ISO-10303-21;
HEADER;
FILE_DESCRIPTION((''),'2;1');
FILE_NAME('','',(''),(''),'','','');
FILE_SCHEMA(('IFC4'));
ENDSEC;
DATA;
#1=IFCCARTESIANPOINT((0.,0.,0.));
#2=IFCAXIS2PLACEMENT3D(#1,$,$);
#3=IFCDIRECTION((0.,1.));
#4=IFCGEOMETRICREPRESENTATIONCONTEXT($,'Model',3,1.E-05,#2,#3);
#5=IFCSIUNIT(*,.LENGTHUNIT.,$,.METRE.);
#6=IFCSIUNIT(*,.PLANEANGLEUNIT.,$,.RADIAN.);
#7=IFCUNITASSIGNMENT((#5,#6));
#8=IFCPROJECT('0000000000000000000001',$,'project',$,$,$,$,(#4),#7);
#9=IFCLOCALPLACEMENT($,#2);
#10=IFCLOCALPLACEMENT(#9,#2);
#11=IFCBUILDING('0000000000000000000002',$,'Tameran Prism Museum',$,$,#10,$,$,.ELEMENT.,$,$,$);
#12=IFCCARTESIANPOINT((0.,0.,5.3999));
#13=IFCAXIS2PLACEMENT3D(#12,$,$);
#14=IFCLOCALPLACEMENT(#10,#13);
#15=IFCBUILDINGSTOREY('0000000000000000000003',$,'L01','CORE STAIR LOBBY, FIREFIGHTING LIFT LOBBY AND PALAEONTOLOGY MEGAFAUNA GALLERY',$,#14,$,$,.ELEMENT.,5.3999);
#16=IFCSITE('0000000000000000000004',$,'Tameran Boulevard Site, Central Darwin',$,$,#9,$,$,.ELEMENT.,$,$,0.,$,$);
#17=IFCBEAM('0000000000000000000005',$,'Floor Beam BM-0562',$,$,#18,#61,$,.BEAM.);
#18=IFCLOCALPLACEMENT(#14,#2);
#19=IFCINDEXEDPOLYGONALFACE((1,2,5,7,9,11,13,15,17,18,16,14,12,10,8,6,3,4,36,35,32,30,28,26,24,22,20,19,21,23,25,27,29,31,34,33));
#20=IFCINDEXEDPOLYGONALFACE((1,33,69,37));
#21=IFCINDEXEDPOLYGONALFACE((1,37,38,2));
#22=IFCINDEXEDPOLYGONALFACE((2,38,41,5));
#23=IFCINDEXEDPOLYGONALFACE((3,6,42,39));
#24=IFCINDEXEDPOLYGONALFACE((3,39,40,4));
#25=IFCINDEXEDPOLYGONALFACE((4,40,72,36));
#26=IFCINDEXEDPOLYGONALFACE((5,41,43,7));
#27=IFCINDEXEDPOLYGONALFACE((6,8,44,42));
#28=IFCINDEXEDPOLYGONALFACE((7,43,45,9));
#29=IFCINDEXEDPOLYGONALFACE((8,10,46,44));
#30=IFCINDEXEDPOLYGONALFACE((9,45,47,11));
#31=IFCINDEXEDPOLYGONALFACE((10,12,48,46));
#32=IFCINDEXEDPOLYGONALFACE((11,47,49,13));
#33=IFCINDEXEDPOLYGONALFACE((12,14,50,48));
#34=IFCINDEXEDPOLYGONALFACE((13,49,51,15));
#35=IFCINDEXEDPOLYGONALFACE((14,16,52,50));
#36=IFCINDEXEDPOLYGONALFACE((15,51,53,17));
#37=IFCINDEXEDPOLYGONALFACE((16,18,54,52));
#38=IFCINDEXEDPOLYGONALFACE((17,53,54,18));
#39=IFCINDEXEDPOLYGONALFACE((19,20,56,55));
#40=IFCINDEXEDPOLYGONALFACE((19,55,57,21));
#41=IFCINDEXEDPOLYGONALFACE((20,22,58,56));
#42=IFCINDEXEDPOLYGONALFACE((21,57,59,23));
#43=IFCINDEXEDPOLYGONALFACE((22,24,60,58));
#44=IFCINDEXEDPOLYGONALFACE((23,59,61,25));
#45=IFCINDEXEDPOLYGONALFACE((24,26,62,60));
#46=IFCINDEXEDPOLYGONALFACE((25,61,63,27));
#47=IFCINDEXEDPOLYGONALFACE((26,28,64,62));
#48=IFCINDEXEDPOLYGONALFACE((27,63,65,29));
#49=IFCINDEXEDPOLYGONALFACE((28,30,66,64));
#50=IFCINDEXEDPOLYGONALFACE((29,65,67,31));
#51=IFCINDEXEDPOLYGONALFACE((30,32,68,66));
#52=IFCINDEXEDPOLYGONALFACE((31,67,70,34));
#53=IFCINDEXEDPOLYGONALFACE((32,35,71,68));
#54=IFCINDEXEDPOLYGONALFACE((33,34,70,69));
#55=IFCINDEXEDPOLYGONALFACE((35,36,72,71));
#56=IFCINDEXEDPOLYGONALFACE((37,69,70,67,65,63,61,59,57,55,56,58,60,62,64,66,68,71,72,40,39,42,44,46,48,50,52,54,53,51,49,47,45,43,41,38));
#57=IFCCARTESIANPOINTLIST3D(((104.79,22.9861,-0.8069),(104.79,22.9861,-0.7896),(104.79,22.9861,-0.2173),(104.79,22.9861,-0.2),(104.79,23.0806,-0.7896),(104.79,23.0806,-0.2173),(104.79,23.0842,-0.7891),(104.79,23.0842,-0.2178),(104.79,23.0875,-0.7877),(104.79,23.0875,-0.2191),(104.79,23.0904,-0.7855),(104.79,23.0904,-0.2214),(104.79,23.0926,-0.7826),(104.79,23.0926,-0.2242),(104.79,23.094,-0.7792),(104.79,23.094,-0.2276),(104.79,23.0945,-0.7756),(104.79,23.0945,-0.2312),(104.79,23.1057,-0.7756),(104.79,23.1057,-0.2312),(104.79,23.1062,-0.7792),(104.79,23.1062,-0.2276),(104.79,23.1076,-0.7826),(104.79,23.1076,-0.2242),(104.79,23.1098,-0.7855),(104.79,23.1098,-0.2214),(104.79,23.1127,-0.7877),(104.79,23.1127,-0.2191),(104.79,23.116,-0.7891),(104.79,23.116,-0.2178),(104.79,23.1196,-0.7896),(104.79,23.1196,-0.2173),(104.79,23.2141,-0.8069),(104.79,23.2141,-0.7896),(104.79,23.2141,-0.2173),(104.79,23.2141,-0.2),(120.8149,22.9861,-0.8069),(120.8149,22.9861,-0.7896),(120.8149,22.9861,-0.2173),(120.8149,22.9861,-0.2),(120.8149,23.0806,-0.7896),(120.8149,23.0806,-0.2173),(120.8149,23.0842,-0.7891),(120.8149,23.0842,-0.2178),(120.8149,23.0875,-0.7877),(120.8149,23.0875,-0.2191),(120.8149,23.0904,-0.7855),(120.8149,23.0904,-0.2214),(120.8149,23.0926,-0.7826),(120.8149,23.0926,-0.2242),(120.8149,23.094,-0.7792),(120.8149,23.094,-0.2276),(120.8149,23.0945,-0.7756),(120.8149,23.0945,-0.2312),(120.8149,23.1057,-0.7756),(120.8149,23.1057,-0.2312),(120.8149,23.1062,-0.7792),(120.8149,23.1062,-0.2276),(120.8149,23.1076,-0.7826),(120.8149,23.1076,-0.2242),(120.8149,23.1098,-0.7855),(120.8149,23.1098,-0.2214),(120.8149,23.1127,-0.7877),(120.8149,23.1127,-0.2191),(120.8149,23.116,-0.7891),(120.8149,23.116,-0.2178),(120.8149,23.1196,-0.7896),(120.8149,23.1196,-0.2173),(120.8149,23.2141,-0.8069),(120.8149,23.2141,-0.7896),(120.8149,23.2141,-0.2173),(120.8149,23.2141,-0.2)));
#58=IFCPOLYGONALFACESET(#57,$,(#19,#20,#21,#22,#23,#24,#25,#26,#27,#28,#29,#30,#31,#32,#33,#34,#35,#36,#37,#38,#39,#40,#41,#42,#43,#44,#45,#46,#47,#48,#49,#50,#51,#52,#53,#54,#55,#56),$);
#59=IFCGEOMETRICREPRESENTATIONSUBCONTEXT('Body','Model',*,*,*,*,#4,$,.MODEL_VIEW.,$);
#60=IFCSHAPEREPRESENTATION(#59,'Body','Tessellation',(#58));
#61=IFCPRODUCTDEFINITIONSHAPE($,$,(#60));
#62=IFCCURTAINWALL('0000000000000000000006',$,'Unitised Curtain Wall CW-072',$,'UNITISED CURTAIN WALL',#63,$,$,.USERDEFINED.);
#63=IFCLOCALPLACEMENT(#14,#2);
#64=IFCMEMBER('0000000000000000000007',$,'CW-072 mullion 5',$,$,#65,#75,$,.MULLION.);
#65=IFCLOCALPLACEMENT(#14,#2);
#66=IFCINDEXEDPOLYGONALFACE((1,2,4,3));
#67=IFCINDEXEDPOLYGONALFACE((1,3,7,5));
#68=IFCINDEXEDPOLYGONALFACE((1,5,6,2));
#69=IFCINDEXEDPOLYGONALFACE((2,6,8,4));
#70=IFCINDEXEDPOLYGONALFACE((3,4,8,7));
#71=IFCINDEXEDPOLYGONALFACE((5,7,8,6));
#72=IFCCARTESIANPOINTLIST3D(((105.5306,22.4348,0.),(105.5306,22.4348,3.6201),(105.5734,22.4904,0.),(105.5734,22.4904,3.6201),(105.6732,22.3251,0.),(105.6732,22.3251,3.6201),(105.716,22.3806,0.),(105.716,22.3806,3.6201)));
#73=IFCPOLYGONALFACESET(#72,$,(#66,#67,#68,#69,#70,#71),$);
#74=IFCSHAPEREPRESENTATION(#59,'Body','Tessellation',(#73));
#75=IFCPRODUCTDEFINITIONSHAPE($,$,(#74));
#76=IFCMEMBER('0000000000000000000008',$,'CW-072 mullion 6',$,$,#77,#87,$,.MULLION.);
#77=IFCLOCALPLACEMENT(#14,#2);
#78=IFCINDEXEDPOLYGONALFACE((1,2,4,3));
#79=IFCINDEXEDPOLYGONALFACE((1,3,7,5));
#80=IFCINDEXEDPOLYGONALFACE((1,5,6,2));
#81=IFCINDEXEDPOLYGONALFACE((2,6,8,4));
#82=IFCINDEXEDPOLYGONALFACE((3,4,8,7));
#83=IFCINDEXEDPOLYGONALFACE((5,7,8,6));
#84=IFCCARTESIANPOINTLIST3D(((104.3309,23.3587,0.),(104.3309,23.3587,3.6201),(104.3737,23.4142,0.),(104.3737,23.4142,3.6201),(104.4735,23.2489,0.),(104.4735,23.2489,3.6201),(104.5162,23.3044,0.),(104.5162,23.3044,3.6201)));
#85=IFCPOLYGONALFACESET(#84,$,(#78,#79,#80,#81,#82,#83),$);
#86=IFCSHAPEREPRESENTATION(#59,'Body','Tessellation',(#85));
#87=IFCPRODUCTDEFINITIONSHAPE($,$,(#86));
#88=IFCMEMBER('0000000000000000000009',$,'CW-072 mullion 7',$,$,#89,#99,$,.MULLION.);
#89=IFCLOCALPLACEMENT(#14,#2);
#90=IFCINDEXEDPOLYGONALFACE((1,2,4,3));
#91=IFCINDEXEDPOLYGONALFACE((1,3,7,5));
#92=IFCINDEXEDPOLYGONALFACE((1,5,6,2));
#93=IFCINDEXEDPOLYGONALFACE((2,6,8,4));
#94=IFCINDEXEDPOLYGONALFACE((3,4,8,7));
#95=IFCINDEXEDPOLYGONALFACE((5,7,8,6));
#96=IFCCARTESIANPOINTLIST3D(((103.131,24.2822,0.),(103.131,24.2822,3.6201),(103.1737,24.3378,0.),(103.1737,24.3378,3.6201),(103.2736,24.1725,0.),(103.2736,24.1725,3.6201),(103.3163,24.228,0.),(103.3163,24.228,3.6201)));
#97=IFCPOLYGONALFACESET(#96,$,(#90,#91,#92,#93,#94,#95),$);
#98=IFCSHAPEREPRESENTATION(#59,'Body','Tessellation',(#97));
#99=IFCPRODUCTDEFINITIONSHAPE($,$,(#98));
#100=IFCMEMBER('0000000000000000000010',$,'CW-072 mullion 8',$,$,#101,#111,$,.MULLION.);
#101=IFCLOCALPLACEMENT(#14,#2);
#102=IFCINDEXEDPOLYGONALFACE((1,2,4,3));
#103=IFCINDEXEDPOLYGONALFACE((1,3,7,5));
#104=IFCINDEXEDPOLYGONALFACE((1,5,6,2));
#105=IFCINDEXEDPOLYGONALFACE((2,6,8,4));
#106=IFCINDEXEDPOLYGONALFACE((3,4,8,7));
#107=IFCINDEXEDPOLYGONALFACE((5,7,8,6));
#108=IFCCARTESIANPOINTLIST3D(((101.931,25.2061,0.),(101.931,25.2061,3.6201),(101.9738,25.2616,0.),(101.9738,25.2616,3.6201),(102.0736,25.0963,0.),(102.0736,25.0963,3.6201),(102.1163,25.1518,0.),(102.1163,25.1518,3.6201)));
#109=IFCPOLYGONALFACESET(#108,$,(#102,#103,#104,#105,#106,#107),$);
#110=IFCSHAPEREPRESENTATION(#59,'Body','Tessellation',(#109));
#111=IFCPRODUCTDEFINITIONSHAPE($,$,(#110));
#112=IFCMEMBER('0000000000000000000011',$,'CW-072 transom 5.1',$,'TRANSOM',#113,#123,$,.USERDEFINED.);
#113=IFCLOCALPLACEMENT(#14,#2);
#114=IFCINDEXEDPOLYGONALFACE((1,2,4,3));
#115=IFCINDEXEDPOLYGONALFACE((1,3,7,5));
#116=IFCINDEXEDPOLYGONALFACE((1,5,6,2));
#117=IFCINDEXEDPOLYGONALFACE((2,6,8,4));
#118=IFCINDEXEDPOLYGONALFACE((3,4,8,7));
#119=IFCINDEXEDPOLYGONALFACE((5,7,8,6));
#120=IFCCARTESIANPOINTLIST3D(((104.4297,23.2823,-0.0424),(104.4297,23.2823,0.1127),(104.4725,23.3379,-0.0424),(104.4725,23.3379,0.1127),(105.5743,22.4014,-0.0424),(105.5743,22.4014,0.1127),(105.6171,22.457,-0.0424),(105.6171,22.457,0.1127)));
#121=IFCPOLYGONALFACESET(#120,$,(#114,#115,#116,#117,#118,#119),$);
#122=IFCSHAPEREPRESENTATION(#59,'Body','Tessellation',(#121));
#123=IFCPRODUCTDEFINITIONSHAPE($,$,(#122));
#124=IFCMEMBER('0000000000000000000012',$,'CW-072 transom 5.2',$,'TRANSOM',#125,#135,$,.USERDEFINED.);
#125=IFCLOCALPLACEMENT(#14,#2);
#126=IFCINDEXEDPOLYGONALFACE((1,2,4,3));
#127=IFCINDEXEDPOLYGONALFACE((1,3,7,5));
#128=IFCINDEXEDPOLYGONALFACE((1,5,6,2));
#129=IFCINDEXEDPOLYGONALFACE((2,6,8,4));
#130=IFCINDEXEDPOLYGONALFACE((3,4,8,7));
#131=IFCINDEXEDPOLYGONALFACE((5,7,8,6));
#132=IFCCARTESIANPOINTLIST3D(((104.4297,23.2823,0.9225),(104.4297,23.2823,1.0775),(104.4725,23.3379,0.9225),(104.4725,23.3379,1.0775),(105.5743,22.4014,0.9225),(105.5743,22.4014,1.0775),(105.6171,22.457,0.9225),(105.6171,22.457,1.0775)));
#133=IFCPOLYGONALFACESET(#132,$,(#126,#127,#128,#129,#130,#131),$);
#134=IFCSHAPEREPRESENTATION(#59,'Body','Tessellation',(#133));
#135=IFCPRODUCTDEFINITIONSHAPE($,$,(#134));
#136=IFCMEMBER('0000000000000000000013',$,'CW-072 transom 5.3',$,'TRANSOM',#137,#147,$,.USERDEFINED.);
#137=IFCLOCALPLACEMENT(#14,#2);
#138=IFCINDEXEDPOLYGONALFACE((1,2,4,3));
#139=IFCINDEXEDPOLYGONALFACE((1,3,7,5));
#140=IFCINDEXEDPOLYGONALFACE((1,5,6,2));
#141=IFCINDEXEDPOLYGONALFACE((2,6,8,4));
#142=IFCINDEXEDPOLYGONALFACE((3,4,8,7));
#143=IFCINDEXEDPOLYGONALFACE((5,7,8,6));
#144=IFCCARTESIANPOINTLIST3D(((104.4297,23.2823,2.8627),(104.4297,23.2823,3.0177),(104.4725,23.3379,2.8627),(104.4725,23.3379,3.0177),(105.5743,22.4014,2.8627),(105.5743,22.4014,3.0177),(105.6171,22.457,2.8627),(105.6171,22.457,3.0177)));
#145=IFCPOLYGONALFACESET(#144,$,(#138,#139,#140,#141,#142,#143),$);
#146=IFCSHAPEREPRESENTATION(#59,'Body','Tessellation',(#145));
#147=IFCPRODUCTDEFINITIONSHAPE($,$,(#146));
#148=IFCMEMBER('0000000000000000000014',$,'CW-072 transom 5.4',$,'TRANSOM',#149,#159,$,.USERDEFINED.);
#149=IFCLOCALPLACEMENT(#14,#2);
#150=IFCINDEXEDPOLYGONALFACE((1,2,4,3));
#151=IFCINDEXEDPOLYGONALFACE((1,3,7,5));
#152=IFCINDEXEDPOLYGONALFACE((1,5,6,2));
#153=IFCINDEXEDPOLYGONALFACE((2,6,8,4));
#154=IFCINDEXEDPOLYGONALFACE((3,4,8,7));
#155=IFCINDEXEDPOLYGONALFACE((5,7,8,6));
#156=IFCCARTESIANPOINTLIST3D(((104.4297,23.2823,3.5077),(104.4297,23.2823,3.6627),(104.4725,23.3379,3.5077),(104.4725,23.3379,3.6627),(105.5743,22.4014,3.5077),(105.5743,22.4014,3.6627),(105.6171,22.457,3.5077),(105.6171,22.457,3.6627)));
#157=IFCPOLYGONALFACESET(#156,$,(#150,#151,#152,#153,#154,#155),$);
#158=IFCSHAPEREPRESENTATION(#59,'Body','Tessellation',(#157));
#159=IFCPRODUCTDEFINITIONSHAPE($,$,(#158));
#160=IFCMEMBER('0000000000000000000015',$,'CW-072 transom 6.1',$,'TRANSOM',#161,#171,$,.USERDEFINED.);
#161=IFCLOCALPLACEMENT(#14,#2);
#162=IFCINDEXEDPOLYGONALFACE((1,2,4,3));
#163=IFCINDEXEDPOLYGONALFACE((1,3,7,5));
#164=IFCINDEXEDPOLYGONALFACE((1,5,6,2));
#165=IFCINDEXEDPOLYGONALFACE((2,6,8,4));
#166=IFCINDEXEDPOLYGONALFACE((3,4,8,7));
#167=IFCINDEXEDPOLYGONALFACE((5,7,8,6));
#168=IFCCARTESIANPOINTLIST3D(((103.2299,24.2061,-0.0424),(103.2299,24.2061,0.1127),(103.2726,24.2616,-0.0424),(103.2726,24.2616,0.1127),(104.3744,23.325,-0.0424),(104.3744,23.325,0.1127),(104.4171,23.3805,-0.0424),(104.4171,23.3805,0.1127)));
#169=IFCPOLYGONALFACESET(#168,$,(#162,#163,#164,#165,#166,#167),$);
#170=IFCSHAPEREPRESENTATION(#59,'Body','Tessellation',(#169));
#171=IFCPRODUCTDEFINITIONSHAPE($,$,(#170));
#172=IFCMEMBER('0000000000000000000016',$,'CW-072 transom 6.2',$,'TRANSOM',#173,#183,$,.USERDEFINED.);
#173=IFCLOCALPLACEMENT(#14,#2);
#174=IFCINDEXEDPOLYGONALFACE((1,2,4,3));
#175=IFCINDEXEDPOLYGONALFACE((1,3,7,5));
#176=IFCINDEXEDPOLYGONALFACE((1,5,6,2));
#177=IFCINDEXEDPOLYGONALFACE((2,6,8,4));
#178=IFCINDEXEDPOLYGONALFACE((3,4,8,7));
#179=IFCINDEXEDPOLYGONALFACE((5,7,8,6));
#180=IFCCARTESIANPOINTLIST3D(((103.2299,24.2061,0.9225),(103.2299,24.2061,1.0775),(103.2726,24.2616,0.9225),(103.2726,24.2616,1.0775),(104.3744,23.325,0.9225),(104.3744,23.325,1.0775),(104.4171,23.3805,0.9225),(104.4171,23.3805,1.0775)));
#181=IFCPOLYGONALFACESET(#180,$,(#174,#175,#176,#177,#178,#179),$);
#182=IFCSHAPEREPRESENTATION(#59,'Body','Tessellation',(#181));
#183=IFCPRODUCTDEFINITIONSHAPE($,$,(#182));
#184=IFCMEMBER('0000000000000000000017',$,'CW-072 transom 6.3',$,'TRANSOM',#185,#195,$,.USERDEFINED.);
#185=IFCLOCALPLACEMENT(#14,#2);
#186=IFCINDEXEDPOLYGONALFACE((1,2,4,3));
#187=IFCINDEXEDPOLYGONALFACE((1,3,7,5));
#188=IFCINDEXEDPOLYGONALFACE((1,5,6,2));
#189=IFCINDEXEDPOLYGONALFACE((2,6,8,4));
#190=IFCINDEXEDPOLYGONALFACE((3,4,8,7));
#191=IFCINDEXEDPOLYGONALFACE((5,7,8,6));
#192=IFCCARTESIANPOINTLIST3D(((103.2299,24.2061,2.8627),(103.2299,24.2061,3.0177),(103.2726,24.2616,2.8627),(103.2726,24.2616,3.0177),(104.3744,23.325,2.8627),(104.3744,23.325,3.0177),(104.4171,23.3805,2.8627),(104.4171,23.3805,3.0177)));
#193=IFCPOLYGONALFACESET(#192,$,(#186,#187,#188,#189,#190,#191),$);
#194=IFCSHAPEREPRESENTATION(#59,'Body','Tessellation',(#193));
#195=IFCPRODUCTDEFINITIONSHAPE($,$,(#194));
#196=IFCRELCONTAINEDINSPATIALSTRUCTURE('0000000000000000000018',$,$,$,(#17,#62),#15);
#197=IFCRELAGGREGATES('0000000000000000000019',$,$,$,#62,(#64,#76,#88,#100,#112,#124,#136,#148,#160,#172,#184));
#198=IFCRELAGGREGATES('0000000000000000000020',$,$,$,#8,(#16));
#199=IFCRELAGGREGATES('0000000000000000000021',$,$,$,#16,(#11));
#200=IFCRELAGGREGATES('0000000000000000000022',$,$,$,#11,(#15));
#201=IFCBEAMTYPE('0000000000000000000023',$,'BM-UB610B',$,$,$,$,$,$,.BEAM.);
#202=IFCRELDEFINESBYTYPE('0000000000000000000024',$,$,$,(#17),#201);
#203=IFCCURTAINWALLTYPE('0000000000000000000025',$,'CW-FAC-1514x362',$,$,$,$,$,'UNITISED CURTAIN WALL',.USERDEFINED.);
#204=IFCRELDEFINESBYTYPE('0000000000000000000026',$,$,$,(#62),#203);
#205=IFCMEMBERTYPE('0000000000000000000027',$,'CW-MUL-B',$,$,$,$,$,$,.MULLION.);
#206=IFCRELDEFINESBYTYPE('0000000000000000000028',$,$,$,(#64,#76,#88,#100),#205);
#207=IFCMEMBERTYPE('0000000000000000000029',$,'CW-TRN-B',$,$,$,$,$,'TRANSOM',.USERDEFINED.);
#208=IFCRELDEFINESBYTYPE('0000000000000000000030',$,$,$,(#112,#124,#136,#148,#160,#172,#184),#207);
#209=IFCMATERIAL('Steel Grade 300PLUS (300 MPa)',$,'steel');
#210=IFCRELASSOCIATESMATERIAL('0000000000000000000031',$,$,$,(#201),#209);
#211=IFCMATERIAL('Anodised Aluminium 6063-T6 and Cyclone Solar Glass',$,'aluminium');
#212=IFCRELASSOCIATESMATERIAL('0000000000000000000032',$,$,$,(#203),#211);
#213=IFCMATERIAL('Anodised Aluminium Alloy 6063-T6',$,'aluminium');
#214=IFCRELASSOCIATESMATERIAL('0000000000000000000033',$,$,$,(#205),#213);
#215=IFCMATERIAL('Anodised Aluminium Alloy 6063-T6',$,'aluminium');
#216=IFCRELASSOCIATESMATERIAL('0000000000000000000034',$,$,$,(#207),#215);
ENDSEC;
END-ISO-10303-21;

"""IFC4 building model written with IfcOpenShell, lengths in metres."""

from ifc_helpers import new_model, si_unit, direction, frame, origin, origin_2d, place, context, subcontext, project, spatial, rectangle, i_section, extrude, material, material_profile, profile_set, type_object, element, aggregate, save


model = new_model("IFC4")

# Units and contexts
model_context = context("Model", 3, precision=1e-05, world=origin(), true_north=direction((0.0, 1.0)))
body_context = subcontext(model_context, "Body", "Model", "MODEL_VIEW")
ifc_project = project(units=[si_unit("LENGTHUNIT", "METRE"), si_unit("PLANEANGLEUNIT", "RADIAN")], contexts=[model_context])

# Site, building, storey
site_placement = place(None, origin())
site = spatial("IfcSite", under=ifc_project, at=site_placement, Name="Tameran Boulevard Site, Central Darwin", CompositionType="ELEMENT", RefElevation=0.0)
building_placement = place(site_placement, origin())
building = spatial("IfcBuilding", under=site, at=building_placement, Name="Tameran Prism Museum", CompositionType="ELEMENT")
storey_placement = place(building_placement, frame((0.0, 0.0, 5.3999)))
storey = spatial("IfcBuildingStorey", under=building, at=storey_placement, Name="L01", Description="CORE STAIR LOBBY, FIREFIGHTING LIFT LOBBY AND PALAEONTOLOGY MEGAFAUNA GALLERY", CompositionType="ELEMENT", Elevation=5.3999)

# Beam
ifc_material_1 = material(Name="Steel Grade 300PLUS (300 MPa)", Category="steel")
ifc_material_profile_1 = material_profile(ifc_material_1, i_section(OverallWidth=0.228, OverallDepth=0.6069, WebThickness=0.0112, FlangeThickness=0.0173, FilletRadius=0.0139, at=origin_2d()))
ifc_profile_set_1 = profile_set([ifc_material_profile_1])
beam_type = type_object("IfcBeamType", Name="BM-UB610B", PredefinedType="BEAM", material=ifc_profile_set_1)
beam_placement = place(storey_placement, frame((104.79, 23.1001, -0.5034), z_axis=(1.0, 0.0, 0.0), x_axis=(0.0, 1.0, 0.0)))
element("IfcBeam", 1, at=beam_placement, inside=storey, type_object=beam_type, Name="Floor Beam BM-0562", PredefinedType="BEAM", context=body_context, shape_type="SweptSolid", body=[
    extrude(i_section(OverallWidth=0.228, OverallDepth=0.6069, WebThickness=0.0112, FlangeThickness=0.0173, FilletRadius=0.0139, at=origin_2d()), origin(), (0.0, 0.0, 1.0), 16.0249),
])

# Curtain wall, members
ifc_material_2 = material(Name="Anodised Aluminium 6063-T6 and Cyclone Solar Glass", Category="aluminium")
curtain_wall_type = type_object("IfcCurtainWallType", Name="CW-FAC-1514x362", ElementType="UNITISED CURTAIN WALL", PredefinedType="USERDEFINED", material=ifc_material_2)
curtain_wall_placement = place(storey_placement, origin())
curtain_wall = element("IfcCurtainWall", 2, at=curtain_wall_placement, inside=storey, type_object=curtain_wall_type, Name="Unitised Curtain Wall CW-072", ObjectType="UNITISED CURTAIN WALL", PredefinedType="USERDEFINED")
ifc_material_3 = material(Name="Anodised Aluminium Alloy 6063-T6", Category="aluminium")
ifc_material_profile_2 = material_profile(ifc_material_3, rectangle(XDim=0.0701, YDim=0.1799, at=origin_2d()))
ifc_profile_set_2 = profile_set([ifc_material_profile_2])
member_type_1 = type_object("IfcMemberType", Name="CW-MUL-B", PredefinedType="MULLION", material=ifc_profile_set_2)
member_1_placement = place(storey_placement, frame((105.6233, 22.4077, 0.0), z_axis=(0.0, 0.0, 1.0), x_axis=(-0.610001, -0.792401, 0.0)))
member_1 = element("IfcMember", 3, at=member_1_placement, type_object=member_type_1, Name="CW-072 mullion 5", PredefinedType="MULLION", context=body_context, shape_type="SweptSolid", body=[
    extrude(rectangle(XDim=0.0701, YDim=0.1799, at=origin_2d()), origin(), (0.0, 0.0, 1.0), 3.6201),
])
member_2_placement = place(storey_placement, frame((104.4236, 23.3315, 0.0), z_axis=(0.0, 0.0, 1.0), x_axis=(-0.610001, -0.792401, 0.0)))
member_2 = element("IfcMember", 4, at=member_2_placement, type_object=member_type_1, Name="CW-072 mullion 6", PredefinedType="MULLION", context=body_context, shape_type="SweptSolid", body=[
    extrude(rectangle(XDim=0.0701, YDim=0.1799, at=origin_2d()), origin(), (0.0, 0.0, 1.0), 3.6201),
])
member_3_placement = place(storey_placement, frame((103.2236, 24.2551, 0.0), z_axis=(0.0, 0.0, 1.0), x_axis=(-0.610001, -0.792401, 0.0)))
member_3 = element("IfcMember", 5, at=member_3_placement, type_object=member_type_1, Name="CW-072 mullion 7", PredefinedType="MULLION", context=body_context, shape_type="SweptSolid", body=[
    extrude(rectangle(XDim=0.0701, YDim=0.1799, at=origin_2d()), origin(), (0.0, 0.0, 1.0), 3.6201),
])
member_4_placement = place(storey_placement, frame((102.0237, 25.179, 0.0), z_axis=(0.0, 0.0, 1.0), x_axis=(-0.610001, -0.792401, 0.0)))
member_4 = element("IfcMember", 6, at=member_4_placement, type_object=member_type_1, Name="CW-072 mullion 8", PredefinedType="MULLION", context=body_context, shape_type="SweptSolid", body=[
    extrude(rectangle(XDim=0.0701, YDim=0.1799, at=origin_2d()), origin(), (0.0, 0.0, 1.0), 3.6201),
])
ifc_material_4 = material(Name="Anodised Aluminium Alloy 6063-T6", Category="aluminium")
ifc_material_profile_3 = material_profile(ifc_material_4, rectangle(XDim=0.0701, YDim=0.155, at=origin_2d()))
ifc_profile_set_3 = profile_set([ifc_material_profile_3])
member_type_2 = type_object("IfcMemberType", Name="CW-TRN-B", ElementType="TRANSOM", PredefinedType="USERDEFINED", material=ifc_profile_set_3)
member_5_placement = place(storey_placement, frame((105.5957, 22.4292, 0.0352), z_axis=(-0.792473, 0.609907, 0.0), x_axis=(-0.609907, -0.792473, 0.0)))
member_5 = element("IfcMember", 7, at=member_5_placement, type_object=member_type_2, Name="CW-072 transom 5.1", ObjectType="TRANSOM", PredefinedType="USERDEFINED", context=body_context, shape_type="SweptSolid", body=[
    extrude(rectangle(XDim=0.0701, YDim=0.155, at=origin_2d()), origin(), (0.0, 0.0, 1.0), 1.4443),
])
member_6_placement = place(storey_placement, frame((105.5957, 22.4292, 1.0), z_axis=(-0.792473, 0.609907, 0.0), x_axis=(-0.609907, -0.792473, 0.0)))
member_6 = element("IfcMember", 8, at=member_6_placement, type_object=member_type_2, Name="CW-072 transom 5.2", ObjectType="TRANSOM", PredefinedType="USERDEFINED", context=body_context, shape_type="SweptSolid", body=[
    extrude(rectangle(XDim=0.0701, YDim=0.155, at=origin_2d()), origin(), (0.0, 0.0, 1.0), 1.4443),
])
member_7_placement = place(storey_placement, frame((105.5957, 22.4292, 2.9402), z_axis=(-0.792473, 0.609907, 0.0), x_axis=(-0.609907, -0.792473, 0.0)))
member_7 = element("IfcMember", 9, at=member_7_placement, type_object=member_type_2, Name="CW-072 transom 5.3", ObjectType="TRANSOM", PredefinedType="USERDEFINED", context=body_context, shape_type="SweptSolid", body=[
    extrude(rectangle(XDim=0.0701, YDim=0.155, at=origin_2d()), origin(), (0.0, 0.0, 1.0), 1.4443),
])
member_8_placement = place(storey_placement, frame((105.5957, 22.4292, 3.5852), z_axis=(-0.792473, 0.609907, 0.0), x_axis=(-0.609907, -0.792473, 0.0)))
member_8 = element("IfcMember", 10, at=member_8_placement, type_object=member_type_2, Name="CW-072 transom 5.4", ObjectType="TRANSOM", PredefinedType="USERDEFINED", context=body_context, shape_type="SweptSolid", body=[
    extrude(rectangle(XDim=0.0701, YDim=0.155, at=origin_2d()), origin(), (0.0, 0.0, 1.0), 1.4443),
])
member_9_placement = place(storey_placement, frame((104.3958, 23.3528, 0.0352), z_axis=(-0.792391, 0.610013, 0.0), x_axis=(-0.610013, -0.792391, 0.0)))
member_9 = element("IfcMember", 11, at=member_9_placement, type_object=member_type_2, Name="CW-072 transom 6.1", ObjectType="TRANSOM", PredefinedType="USERDEFINED", context=body_context, shape_type="SweptSolid", body=[
    extrude(rectangle(XDim=0.0701, YDim=0.155, at=origin_2d()), origin(), (0.0, 0.0, 1.0), 1.4443),
])
member_10_placement = place(storey_placement, frame((104.3958, 23.3528, 1.0), z_axis=(-0.792391, 0.610013, 0.0), x_axis=(-0.610013, -0.792391, 0.0)))
member_10 = element("IfcMember", 12, at=member_10_placement, type_object=member_type_2, Name="CW-072 transom 6.2", ObjectType="TRANSOM", PredefinedType="USERDEFINED", context=body_context, shape_type="SweptSolid", body=[
    extrude(rectangle(XDim=0.0701, YDim=0.155, at=origin_2d()), origin(), (0.0, 0.0, 1.0), 1.4443),
])
member_11_placement = place(storey_placement, frame((104.3958, 23.3528, 2.9402), z_axis=(-0.792391, 0.610013, 0.0), x_axis=(-0.610013, -0.792391, 0.0)))
member_11 = element("IfcMember", 13, at=member_11_placement, type_object=member_type_2, Name="CW-072 transom 6.3", ObjectType="TRANSOM", PredefinedType="USERDEFINED", context=body_context, shape_type="SweptSolid", body=[
    extrude(rectangle(XDim=0.0701, YDim=0.155, at=origin_2d()), origin(), (0.0, 0.0, 1.0), 1.4443),
])
aggregate(curtain_wall, [member_1, member_2, member_3, member_4, member_5, member_6, member_7, member_8, member_9, member_10, member_11])

save(model, "model.ifc")
